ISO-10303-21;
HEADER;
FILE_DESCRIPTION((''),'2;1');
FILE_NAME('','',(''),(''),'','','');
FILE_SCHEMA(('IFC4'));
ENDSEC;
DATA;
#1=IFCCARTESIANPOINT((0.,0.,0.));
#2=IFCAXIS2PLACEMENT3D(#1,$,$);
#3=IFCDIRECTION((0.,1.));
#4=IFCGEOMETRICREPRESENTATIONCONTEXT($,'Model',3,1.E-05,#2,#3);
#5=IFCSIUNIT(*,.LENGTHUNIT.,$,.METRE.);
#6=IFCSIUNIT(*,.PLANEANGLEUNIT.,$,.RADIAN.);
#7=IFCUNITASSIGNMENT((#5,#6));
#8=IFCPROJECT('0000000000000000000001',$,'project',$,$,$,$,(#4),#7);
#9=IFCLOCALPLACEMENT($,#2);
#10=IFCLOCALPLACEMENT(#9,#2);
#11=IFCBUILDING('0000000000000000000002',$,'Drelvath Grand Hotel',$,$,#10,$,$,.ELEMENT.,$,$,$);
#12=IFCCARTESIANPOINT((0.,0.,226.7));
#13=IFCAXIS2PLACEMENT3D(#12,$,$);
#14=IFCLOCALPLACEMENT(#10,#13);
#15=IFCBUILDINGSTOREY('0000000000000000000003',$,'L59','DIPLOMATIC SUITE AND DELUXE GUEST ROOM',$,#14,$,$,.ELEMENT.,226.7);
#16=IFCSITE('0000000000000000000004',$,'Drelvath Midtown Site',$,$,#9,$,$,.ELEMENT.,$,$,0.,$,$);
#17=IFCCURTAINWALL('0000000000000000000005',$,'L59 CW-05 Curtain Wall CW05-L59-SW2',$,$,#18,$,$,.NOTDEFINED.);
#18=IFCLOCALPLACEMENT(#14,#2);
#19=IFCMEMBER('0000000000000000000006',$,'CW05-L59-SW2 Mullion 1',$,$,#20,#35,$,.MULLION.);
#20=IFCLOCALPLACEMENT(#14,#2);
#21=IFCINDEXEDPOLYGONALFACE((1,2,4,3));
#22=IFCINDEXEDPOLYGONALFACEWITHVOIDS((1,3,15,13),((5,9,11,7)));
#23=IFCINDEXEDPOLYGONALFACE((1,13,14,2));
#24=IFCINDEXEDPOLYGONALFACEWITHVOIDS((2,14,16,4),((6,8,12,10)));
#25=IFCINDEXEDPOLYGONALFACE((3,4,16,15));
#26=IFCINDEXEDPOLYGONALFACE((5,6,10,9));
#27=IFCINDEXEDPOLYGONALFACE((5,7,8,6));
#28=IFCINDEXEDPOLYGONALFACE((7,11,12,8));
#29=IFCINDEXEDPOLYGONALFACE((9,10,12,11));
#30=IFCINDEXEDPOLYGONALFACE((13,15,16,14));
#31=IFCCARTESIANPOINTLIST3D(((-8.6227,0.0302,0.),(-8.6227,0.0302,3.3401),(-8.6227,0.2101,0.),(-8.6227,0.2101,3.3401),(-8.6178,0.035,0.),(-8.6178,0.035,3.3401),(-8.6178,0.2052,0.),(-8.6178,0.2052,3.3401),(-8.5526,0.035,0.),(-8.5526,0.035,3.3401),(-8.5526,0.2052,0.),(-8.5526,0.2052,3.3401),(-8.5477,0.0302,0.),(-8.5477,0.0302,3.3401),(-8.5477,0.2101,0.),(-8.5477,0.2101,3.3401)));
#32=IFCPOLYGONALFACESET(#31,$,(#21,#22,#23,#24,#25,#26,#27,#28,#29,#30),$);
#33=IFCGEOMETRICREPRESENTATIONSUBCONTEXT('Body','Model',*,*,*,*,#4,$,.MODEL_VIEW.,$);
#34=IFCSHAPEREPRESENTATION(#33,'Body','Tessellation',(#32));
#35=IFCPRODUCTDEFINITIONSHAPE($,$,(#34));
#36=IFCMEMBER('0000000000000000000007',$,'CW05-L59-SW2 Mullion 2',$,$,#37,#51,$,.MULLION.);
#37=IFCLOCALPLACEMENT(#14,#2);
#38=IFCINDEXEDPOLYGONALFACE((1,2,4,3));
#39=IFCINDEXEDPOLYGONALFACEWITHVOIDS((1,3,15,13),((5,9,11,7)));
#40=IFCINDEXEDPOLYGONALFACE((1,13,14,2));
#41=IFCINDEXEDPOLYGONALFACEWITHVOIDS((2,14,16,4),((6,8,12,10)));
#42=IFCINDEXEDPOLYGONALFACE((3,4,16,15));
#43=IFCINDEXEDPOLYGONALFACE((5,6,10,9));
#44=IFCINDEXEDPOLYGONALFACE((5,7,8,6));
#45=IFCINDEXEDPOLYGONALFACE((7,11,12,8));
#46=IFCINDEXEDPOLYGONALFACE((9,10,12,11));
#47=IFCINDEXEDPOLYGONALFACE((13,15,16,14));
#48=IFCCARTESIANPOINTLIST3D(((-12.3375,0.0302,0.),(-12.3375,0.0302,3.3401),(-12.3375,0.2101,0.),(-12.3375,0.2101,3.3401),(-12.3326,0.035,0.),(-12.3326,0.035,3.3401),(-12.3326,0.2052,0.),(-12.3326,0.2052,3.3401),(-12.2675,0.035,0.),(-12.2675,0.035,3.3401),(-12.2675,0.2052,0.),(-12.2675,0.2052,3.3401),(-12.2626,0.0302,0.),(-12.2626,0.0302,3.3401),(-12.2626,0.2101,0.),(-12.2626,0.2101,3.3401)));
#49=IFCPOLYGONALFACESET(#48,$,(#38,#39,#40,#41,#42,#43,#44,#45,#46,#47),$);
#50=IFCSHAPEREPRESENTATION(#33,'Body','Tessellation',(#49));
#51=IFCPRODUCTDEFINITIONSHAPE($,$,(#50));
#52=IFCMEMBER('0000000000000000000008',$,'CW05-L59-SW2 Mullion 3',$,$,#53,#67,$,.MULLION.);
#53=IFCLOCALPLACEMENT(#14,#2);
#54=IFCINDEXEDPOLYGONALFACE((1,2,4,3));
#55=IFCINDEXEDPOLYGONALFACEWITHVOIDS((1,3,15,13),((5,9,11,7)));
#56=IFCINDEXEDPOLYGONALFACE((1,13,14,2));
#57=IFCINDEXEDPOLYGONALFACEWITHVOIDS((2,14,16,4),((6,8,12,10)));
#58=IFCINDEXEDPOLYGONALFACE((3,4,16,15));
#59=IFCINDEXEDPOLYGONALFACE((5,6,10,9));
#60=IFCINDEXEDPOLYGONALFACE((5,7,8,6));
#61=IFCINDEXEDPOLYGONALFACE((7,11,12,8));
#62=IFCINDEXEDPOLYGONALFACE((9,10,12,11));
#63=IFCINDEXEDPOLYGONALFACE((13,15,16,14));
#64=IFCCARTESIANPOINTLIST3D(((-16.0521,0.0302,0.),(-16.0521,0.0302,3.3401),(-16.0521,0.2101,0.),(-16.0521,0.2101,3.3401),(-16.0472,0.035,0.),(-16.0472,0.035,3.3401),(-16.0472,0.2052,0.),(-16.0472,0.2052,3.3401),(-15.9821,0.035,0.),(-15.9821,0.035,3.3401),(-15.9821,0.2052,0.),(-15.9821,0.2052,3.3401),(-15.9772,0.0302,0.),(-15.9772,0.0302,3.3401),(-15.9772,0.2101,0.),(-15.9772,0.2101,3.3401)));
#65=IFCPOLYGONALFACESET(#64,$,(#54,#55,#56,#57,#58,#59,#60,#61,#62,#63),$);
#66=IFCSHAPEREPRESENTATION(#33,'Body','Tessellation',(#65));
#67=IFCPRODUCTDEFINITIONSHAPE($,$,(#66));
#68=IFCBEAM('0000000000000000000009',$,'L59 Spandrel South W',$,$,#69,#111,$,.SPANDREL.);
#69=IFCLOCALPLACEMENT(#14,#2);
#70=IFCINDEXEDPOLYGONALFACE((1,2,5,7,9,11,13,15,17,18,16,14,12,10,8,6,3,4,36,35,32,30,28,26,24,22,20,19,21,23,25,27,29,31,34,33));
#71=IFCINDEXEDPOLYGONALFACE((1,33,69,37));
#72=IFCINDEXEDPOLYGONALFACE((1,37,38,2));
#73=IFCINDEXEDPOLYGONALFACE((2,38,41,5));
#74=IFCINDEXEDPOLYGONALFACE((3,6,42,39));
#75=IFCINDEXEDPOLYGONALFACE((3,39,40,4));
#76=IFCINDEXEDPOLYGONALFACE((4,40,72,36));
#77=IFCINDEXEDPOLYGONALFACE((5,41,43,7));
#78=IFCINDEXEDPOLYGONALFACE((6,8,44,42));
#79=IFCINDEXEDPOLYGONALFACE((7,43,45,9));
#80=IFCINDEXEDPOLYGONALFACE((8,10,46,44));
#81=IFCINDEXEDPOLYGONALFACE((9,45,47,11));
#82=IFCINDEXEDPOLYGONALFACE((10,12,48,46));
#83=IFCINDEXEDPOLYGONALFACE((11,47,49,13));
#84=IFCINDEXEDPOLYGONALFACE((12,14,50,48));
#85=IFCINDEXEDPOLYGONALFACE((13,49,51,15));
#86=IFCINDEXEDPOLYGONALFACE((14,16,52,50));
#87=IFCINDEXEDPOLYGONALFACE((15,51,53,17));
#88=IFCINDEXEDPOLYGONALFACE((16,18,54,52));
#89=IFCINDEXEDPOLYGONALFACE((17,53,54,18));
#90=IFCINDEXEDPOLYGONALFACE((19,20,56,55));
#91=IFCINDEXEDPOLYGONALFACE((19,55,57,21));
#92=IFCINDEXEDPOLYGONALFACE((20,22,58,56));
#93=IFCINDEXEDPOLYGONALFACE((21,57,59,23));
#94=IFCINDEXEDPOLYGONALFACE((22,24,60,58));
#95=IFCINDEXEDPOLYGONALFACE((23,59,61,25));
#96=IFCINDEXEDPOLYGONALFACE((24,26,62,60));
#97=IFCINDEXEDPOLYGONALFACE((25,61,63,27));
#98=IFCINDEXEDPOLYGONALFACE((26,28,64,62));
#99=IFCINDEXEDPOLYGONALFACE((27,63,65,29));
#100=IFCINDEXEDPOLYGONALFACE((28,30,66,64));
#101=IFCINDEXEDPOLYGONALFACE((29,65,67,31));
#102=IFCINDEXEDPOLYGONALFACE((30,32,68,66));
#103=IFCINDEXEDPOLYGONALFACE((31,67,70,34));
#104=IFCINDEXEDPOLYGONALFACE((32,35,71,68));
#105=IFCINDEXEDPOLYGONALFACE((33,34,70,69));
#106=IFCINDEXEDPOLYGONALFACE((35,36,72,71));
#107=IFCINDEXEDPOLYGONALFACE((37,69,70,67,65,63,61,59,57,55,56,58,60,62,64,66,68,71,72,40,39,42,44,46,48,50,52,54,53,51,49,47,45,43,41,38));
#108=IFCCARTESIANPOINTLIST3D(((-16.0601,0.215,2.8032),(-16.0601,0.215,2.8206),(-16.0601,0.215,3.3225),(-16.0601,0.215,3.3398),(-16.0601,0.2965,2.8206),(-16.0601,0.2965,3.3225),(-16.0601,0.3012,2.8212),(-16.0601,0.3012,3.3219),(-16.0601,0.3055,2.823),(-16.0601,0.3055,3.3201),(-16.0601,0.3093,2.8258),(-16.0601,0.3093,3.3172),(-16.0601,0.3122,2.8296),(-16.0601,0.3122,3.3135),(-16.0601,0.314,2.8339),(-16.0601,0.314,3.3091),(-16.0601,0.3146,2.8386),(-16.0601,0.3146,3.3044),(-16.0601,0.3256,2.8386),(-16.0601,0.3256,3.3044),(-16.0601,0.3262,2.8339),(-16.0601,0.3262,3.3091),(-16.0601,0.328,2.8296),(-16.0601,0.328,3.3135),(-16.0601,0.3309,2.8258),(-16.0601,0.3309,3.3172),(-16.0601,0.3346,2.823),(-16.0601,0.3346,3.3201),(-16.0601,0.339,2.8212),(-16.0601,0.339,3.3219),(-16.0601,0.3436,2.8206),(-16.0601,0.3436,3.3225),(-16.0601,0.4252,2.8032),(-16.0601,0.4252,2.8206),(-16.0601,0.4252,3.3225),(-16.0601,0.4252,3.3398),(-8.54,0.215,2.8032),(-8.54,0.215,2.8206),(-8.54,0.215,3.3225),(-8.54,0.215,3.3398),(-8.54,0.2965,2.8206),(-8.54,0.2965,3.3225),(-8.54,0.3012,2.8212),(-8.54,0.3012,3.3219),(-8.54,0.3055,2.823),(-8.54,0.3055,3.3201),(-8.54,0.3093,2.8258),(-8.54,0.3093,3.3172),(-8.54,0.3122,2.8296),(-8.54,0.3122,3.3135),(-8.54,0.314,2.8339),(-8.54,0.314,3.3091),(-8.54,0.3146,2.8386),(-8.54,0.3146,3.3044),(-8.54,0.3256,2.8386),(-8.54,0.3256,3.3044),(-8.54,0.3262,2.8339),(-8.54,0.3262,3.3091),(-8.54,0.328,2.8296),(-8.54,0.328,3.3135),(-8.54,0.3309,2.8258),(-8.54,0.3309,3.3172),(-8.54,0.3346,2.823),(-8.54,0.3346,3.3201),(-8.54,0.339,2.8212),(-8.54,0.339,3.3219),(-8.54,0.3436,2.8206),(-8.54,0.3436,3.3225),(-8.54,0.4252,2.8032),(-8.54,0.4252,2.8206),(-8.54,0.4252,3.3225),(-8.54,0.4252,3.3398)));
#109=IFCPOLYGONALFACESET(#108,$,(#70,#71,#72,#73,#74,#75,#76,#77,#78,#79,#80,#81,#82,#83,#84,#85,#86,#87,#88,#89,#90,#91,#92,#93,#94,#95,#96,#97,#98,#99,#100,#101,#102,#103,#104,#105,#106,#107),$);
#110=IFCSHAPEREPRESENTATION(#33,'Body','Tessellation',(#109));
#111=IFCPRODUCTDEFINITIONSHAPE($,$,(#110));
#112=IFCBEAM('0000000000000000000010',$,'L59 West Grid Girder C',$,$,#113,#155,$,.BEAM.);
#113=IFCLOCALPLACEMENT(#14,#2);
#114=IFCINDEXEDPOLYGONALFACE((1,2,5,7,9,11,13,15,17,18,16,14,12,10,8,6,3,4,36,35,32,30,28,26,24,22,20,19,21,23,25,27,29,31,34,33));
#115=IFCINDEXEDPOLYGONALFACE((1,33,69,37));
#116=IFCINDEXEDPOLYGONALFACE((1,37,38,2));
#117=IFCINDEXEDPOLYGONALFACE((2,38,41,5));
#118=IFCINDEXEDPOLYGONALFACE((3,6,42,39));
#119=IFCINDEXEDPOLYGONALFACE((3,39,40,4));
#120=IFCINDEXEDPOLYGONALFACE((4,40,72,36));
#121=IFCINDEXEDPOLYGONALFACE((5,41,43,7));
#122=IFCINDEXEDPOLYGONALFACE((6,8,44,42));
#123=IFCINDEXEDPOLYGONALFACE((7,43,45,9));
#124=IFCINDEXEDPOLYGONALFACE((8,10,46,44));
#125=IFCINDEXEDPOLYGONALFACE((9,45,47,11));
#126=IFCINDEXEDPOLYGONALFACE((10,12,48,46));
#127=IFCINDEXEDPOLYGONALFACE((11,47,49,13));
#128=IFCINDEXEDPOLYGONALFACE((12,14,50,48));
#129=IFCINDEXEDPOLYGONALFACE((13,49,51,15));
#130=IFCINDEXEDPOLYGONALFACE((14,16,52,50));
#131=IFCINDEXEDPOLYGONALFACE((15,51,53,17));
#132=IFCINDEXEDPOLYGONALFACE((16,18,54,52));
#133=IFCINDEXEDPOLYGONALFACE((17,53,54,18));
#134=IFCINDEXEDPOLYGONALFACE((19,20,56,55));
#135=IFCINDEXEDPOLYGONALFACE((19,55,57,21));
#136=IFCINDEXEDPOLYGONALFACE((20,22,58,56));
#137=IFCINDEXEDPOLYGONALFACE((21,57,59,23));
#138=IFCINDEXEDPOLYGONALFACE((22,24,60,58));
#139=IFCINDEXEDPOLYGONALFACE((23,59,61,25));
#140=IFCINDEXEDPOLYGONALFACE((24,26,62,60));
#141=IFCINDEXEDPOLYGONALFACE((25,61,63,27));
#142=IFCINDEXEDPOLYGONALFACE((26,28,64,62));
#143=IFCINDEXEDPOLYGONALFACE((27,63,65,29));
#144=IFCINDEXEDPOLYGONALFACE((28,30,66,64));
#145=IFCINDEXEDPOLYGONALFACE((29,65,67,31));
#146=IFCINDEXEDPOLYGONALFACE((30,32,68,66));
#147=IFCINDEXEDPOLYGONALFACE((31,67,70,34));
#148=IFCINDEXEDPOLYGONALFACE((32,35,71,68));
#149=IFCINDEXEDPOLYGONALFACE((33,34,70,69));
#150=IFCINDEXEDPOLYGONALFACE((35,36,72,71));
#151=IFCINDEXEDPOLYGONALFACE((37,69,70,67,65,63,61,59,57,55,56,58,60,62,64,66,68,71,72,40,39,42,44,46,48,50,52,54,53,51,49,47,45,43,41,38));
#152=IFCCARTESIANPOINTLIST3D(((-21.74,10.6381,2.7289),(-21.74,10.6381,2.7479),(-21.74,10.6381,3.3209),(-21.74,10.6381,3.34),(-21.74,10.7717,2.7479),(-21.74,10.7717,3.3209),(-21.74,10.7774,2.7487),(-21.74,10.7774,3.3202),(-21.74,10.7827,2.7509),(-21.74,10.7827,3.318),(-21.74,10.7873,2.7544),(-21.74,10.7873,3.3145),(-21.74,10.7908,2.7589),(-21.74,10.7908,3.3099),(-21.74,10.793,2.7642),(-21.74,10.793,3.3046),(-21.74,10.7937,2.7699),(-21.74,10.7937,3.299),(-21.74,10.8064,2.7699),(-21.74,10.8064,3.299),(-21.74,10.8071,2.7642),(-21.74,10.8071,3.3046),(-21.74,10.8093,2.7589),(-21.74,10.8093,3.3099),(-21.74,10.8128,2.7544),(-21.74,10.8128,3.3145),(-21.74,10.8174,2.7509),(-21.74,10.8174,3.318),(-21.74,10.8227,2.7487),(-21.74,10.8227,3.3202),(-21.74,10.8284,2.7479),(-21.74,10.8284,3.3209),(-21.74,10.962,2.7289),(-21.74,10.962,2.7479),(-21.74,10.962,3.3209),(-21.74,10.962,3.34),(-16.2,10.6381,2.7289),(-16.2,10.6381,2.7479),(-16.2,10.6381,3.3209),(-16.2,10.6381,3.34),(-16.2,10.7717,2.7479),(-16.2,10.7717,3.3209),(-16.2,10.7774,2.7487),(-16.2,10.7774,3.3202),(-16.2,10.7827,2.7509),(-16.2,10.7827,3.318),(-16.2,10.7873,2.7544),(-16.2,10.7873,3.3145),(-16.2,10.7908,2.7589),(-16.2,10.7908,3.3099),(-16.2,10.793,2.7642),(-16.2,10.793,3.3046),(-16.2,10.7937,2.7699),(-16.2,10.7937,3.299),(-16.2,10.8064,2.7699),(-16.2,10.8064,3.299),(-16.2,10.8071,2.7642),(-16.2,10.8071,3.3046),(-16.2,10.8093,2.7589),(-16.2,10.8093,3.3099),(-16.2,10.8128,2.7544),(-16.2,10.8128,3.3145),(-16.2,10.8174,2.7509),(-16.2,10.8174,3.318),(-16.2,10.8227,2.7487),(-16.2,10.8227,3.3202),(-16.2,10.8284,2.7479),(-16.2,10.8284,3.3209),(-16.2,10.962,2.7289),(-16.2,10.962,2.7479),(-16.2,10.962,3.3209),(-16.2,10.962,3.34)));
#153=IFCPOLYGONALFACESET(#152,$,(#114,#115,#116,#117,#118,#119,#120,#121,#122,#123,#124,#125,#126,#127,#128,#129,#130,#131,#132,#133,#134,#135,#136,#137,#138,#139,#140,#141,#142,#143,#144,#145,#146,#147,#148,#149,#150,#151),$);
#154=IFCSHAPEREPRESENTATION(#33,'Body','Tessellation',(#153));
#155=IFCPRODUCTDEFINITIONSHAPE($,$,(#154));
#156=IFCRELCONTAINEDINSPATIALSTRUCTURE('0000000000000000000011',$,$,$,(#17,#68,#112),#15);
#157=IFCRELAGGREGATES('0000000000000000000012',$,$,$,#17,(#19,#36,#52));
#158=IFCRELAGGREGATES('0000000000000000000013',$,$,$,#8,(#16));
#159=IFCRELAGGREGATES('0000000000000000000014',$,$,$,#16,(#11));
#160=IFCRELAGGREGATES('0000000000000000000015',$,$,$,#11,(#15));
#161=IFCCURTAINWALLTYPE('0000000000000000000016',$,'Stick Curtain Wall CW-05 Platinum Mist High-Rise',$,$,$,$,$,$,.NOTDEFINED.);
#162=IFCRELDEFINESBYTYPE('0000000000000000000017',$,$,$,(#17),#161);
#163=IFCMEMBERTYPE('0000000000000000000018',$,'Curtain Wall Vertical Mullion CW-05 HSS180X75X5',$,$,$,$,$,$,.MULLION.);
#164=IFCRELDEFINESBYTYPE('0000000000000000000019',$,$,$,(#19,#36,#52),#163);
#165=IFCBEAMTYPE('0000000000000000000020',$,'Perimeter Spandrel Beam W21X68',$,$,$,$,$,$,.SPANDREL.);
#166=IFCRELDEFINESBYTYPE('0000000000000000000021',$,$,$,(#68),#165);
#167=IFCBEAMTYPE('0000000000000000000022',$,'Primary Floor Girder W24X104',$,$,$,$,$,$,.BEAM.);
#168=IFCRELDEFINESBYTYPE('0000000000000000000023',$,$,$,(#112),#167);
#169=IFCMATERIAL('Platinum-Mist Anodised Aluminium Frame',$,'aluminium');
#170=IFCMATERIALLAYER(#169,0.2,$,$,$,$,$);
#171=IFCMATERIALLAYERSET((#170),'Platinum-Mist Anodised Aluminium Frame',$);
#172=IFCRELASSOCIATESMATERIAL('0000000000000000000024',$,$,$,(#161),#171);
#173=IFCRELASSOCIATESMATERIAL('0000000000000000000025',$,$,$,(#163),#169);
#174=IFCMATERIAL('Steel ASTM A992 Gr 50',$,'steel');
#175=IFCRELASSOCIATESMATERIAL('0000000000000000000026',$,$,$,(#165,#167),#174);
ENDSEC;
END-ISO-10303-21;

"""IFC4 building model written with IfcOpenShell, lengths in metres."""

from ifc_helpers import new_model, si_unit, direction, frame, origin, origin_2d, place, context, subcontext, project, spatial, hollow_rectangle, i_section, extrude, material, layer, layer_set, material_profile, profile_set, type_object, element, aggregate, save


model = new_model("IFC4")

# Units and contexts
model_context = context("Model", 3, precision=1e-05, world=origin(), true_north=direction((0.0, 1.0)))
body_context = subcontext(model_context, "Body", "Model", "MODEL_VIEW")
ifc_project = project(units=[si_unit("LENGTHUNIT", "METRE"), si_unit("PLANEANGLEUNIT", "RADIAN")], contexts=[model_context])

# Site, building, storey
site_placement = place(None, origin())
site = spatial("IfcSite", under=ifc_project, at=site_placement, Name="Drelvath Midtown Site", CompositionType="ELEMENT", RefElevation=0.0)
building_placement = place(site_placement, origin())
building = spatial("IfcBuilding", under=site, at=building_placement, Name="Drelvath Grand Hotel", CompositionType="ELEMENT")
storey_placement = place(building_placement, frame((0.0, 0.0, 226.7)))
storey = spatial("IfcBuildingStorey", under=building, at=storey_placement, Name="L59", Description="DIPLOMATIC SUITE AND DELUXE GUEST ROOM", CompositionType="ELEMENT", Elevation=226.7)

# Curtain wall
ifc_material_1 = material(Name="Platinum-Mist Anodised Aluminium Frame", Category="aluminium")
ifc_layer_1 = layer(ifc_material_1, 0.2)
ifc_layer_set_1 = layer_set([ifc_layer_1], Name="Platinum-Mist Anodised Aluminium Frame")
curtain_wall_type = type_object("IfcCurtainWallType", Name="Stick Curtain Wall CW-05 Platinum Mist High-Rise", PredefinedType="NOTDEFINED", material=ifc_layer_set_1)
curtain_wall_1_placement = place(storey_placement, origin())
curtain_wall_1 = element("IfcCurtainWall", 1, at=curtain_wall_1_placement, inside=storey, type_object=curtain_wall_type, Name="L59 CW-05 Curtain Wall CW05-L59-SW2", PredefinedType="NOTDEFINED")

# Members
ifc_material_profile_1 = material_profile(ifc_material_1, hollow_rectangle(XDim=0.075, YDim=0.1799, WallThickness=0.0049, at=origin_2d()), Name="HSS180X75X5")
ifc_profile_set_1 = profile_set([ifc_material_profile_1], Name="Platinum-Mist Anodised Aluminium Frame")
member_type_1 = type_object("IfcMemberType", Name="Curtain Wall Vertical Mullion CW-05 HSS180X75X5", PredefinedType="MULLION", material=ifc_profile_set_1)
member_1_placement = place(storey_placement, frame((-8.5852, 0.1201, 0.0), z_axis=(0.0, 0.0, 1.0), x_axis=(1.0, 0.0, 0.0)))
member_1 = element("IfcMember", 2, at=member_1_placement, type_object=member_type_1, Name="CW05-L59-SW2 Mullion 1", PredefinedType="MULLION", context=body_context, shape_type="SweptSolid", body=[
    extrude(hollow_rectangle(XDim=0.075, YDim=0.1799, WallThickness=0.0049, at=origin_2d()), origin(), (0.0, 0.0, 1.0), 3.3401),
])
member_2_placement = place(storey_placement, frame((-12.3, 0.1201, 0.0), z_axis=(0.0, 0.0, 1.0), x_axis=(1.0, 0.0, 0.0)))
member_2 = element("IfcMember", 3, at=member_2_placement, type_object=member_type_1, Name="CW05-L59-SW2 Mullion 2", PredefinedType="MULLION", context=body_context, shape_type="SweptSolid", body=[
    extrude(hollow_rectangle(XDim=0.075, YDim=0.1799, WallThickness=0.0049, at=origin_2d()), origin(), (0.0, 0.0, 1.0), 3.3401),
])
member_3_placement = place(storey_placement, frame((-16.0146, 0.1201, 0.0), z_axis=(0.0, 0.0, 1.0), x_axis=(1.0, 0.0, 0.0)))
member_3 = element("IfcMember", 4, at=member_3_placement, type_object=member_type_1, Name="CW05-L59-SW2 Mullion 3", PredefinedType="MULLION", context=body_context, shape_type="SweptSolid", body=[
    extrude(hollow_rectangle(XDim=0.075, YDim=0.1799, WallThickness=0.0049, at=origin_2d()), origin(), (0.0, 0.0, 1.0), 3.3401),
])

# Beams
ifc_material_2 = material(Name="Steel ASTM A992 Gr 50", Category="steel")
ifc_material_profile_2 = material_profile(ifc_material_2, i_section(OverallWidth=0.2102, OverallDepth=0.5366, WebThickness=0.011, FlangeThickness=0.0173, FilletRadius=0.0181, at=origin_2d()), Name="W21X68")
ifc_profile_set_2 = profile_set([ifc_material_profile_2], Name="Steel ASTM A992 Gr 50")
beam_type_1 = type_object("IfcBeamType", Name="Perimeter Spandrel Beam W21X68", PredefinedType="SPANDREL", material=ifc_profile_set_2)
beam_1_placement = place(storey_placement, frame((-16.0601, 0.3201, 3.0715), z_axis=(1.0, 0.0, 0.0), x_axis=(0.0, 1.0, 0.0)))
element("IfcBeam", 5, at=beam_1_placement, inside=storey, type_object=beam_type_1, Name="L59 Spandrel South W", PredefinedType="SPANDREL", context=body_context, shape_type="SweptSolid", body=[
    extrude(i_section(OverallWidth=0.2102, OverallDepth=0.5366, WebThickness=0.011, FlangeThickness=0.0173, FilletRadius=0.0181, at=origin_2d()), origin(), (0.0, 0.0, 1.0), 7.52),
])
ifc_material_profile_3 = material_profile(ifc_material_2, i_section(OverallWidth=0.324, OverallDepth=0.6111, WebThickness=0.0127, FlangeThickness=0.019, FilletRadius=0.022, at=origin_2d()), Name="W24X104")
ifc_profile_set_3 = profile_set([ifc_material_profile_3], Name="Steel ASTM A992 Gr 50")
beam_type_2 = type_object("IfcBeamType", Name="Primary Floor Girder W24X104", PredefinedType="BEAM", material=ifc_profile_set_3)
beam_2_placement = place(storey_placement, frame((-21.74, 10.8, 3.0344), z_axis=(1.0, 0.0, 0.0), x_axis=(0.0, 1.0, 0.0)))
element("IfcBeam", 6, at=beam_2_placement, inside=storey, type_object=beam_type_2, Name="L59 West Grid Girder C", PredefinedType="BEAM", context=body_context, shape_type="SweptSolid", body=[
    extrude(i_section(OverallWidth=0.324, OverallDepth=0.6111, WebThickness=0.0127, FlangeThickness=0.019, FilletRadius=0.022, at=origin_2d()), origin(), (0.0, 0.0, 1.0), 5.54),
])

aggregate(curtain_wall_1, [member_1, member_2, member_3])

save(model, "model.ifc")
